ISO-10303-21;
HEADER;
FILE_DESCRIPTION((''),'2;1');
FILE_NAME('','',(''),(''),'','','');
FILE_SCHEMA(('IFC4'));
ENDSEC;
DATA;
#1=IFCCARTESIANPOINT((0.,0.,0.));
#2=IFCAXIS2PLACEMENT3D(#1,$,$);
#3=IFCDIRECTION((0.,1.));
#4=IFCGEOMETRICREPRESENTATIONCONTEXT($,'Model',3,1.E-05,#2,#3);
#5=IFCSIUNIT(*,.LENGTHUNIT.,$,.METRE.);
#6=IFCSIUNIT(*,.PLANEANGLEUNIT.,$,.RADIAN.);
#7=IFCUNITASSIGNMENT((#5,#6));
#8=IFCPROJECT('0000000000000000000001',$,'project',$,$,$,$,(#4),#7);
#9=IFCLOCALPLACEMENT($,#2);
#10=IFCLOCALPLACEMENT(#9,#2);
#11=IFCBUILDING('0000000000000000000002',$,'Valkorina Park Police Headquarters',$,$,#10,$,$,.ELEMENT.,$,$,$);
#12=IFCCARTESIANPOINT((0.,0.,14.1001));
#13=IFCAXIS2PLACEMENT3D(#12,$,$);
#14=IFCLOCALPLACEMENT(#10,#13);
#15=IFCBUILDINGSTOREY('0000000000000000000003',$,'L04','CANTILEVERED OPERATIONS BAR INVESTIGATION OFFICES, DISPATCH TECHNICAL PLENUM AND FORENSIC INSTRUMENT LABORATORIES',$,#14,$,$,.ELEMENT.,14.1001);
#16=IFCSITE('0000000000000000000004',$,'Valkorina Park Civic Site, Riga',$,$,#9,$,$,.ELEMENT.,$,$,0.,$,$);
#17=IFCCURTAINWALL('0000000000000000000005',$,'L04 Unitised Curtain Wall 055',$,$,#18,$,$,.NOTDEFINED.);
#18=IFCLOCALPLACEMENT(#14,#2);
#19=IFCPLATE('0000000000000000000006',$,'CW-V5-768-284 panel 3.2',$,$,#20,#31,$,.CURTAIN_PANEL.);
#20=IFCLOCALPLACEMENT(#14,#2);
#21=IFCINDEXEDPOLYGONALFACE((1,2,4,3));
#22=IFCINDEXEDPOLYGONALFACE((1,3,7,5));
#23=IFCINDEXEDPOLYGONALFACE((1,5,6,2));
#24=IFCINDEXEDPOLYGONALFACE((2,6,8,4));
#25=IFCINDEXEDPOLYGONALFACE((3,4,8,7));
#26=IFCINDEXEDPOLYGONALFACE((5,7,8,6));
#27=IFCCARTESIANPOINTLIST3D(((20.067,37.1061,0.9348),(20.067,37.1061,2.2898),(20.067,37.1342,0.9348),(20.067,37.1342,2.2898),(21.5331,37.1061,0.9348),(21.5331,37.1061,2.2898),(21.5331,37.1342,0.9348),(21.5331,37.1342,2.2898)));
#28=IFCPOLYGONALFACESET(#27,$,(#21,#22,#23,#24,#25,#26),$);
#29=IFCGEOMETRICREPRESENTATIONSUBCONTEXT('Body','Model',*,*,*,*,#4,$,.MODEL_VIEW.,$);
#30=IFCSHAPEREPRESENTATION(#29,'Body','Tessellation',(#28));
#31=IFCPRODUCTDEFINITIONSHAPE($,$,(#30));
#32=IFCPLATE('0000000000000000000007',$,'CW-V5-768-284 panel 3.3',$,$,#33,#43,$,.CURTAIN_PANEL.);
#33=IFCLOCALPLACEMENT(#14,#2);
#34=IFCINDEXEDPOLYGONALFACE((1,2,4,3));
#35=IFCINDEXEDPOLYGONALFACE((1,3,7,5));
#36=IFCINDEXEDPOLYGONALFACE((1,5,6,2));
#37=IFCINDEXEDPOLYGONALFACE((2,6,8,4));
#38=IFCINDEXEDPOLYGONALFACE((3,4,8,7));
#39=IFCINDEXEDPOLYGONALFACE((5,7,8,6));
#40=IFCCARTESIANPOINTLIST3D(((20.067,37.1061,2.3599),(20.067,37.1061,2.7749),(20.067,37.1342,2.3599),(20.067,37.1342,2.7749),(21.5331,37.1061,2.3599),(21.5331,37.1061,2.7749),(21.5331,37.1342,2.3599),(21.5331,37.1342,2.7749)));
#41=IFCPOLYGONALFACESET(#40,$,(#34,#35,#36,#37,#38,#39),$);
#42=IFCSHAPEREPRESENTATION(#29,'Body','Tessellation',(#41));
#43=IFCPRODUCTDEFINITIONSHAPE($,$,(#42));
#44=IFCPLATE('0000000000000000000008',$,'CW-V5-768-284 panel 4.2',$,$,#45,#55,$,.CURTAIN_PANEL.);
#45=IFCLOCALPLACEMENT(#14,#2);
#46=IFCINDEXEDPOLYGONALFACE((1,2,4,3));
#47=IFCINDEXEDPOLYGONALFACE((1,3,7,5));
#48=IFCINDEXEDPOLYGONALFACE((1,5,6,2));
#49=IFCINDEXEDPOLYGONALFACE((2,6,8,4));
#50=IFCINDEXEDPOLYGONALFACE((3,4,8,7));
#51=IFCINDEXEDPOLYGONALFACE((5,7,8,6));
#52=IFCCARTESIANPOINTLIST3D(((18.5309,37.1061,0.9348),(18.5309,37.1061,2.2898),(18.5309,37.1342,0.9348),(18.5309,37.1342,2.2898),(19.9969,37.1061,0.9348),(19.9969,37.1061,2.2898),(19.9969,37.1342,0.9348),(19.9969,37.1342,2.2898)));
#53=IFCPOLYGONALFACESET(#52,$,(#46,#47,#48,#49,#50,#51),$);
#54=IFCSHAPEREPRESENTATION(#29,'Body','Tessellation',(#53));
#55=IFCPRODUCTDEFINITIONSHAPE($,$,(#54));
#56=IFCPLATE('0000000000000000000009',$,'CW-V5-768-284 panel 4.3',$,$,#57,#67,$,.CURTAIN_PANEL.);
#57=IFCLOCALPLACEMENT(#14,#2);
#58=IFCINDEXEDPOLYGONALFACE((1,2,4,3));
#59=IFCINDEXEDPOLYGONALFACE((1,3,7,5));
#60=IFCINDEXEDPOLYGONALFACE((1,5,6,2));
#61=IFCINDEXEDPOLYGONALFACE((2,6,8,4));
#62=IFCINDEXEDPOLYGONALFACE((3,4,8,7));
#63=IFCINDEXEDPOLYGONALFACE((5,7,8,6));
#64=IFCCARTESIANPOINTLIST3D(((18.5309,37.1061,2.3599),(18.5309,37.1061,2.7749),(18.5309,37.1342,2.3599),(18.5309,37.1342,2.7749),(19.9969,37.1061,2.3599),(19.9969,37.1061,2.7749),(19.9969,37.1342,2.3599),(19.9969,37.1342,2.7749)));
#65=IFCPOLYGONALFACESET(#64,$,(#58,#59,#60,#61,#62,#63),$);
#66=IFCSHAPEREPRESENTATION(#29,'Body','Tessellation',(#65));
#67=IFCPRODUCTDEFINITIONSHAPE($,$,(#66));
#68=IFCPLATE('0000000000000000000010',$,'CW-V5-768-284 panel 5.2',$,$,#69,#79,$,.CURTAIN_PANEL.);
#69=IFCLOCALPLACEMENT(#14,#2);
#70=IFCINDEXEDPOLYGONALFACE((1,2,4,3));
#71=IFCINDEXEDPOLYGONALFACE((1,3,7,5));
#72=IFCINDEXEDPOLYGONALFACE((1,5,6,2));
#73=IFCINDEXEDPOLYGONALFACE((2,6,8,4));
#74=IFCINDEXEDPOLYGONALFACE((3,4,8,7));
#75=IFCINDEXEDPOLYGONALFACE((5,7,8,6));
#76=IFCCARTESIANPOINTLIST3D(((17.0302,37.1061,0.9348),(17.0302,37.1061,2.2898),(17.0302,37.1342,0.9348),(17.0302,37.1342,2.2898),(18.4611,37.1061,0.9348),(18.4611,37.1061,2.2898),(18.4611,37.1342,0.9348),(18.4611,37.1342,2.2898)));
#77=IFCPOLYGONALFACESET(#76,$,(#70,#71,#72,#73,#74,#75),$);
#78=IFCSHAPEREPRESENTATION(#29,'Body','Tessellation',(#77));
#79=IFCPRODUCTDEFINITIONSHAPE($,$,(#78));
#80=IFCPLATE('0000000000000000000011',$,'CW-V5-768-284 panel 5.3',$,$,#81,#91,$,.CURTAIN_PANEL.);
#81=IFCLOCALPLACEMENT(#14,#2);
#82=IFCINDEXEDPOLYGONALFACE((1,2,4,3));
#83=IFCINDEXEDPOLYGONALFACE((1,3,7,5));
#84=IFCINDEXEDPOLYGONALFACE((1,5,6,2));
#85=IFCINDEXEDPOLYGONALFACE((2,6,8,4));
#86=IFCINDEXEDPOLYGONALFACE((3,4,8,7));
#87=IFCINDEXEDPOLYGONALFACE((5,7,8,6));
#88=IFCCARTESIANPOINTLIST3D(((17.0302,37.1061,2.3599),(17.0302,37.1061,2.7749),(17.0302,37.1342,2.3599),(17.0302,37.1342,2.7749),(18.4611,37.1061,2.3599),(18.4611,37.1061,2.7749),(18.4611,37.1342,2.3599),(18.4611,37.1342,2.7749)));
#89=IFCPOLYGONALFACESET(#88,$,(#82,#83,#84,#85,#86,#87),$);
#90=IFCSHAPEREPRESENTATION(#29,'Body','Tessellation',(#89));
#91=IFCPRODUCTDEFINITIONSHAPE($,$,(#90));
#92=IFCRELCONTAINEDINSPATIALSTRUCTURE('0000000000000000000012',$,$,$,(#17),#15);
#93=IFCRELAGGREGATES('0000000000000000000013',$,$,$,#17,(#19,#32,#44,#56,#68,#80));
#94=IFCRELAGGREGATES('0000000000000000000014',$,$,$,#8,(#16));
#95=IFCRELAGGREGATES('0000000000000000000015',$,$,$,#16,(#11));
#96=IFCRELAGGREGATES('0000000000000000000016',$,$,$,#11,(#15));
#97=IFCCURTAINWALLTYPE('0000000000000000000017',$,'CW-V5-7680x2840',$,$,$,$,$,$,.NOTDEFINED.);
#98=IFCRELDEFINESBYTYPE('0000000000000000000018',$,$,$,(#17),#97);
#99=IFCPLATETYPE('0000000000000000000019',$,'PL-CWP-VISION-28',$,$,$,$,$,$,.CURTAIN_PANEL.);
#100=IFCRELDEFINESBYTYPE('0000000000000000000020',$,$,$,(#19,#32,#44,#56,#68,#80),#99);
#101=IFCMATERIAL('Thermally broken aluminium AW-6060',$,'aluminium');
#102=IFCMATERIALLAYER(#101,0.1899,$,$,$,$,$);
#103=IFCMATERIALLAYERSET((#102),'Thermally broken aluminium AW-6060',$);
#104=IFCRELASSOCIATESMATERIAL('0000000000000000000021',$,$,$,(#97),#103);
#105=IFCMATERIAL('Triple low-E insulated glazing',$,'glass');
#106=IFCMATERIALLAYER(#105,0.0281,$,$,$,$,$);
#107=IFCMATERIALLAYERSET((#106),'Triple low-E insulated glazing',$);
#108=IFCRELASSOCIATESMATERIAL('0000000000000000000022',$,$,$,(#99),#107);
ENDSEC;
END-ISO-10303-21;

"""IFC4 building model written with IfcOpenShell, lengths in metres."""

from ifc_helpers import new_model, si_unit, direction, frame, origin, origin_2d, place, context, subcontext, project, spatial, rectangle, extrude, material, layer, layer_set, type_object, element, aggregate, save


model = new_model("IFC4")

# Units and contexts
model_context = context("Model", 3, precision=1e-05, world=origin(), true_north=direction((0.0, 1.0)))
body_context = subcontext(model_context, "Body", "Model", "MODEL_VIEW")
ifc_project = project(units=[si_unit("LENGTHUNIT", "METRE"), si_unit("PLANEANGLEUNIT", "RADIAN")], contexts=[model_context])

# Site, building, storey
site_placement = place(None, origin())
site = spatial("IfcSite", under=ifc_project, at=site_placement, Name="Valkorina Park Civic Site, Riga", CompositionType="ELEMENT", RefElevation=0.0)
building_placement = place(site_placement, origin())
building = spatial("IfcBuilding", under=site, at=building_placement, Name="Valkorina Park Police Headquarters", CompositionType="ELEMENT")
storey_placement = place(building_placement, frame((0.0, 0.0, 14.1001)))
storey = spatial("IfcBuildingStorey", under=building, at=storey_placement, Name="L04", Description="CANTILEVERED OPERATIONS BAR INVESTIGATION OFFICES, DISPATCH TECHNICAL PLENUM AND FORENSIC INSTRUMENT LABORATORIES", CompositionType="ELEMENT", Elevation=14.1001)

# Curtain wall, plates
ifc_material_1 = material(Name="Thermally broken aluminium AW-6060", Category="aluminium")
ifc_layer_1 = layer(ifc_material_1, 0.1899)
ifc_layer_set_1 = layer_set([ifc_layer_1], Name="Thermally broken aluminium AW-6060")
curtain_wall_type = type_object("IfcCurtainWallType", Name="CW-V5-7680x2840", PredefinedType="NOTDEFINED", material=ifc_layer_set_1)
curtain_wall_placement = place(storey_placement, origin())
curtain_wall = element("IfcCurtainWall", 1, at=curtain_wall_placement, inside=storey, type_object=curtain_wall_type, Name="L04 Unitised Curtain Wall 055", PredefinedType="NOTDEFINED")
ifc_material_2 = material(Name="Triple low-E insulated glazing", Category="glass")
ifc_layer_2 = layer(ifc_material_2, 0.0281)
ifc_layer_set_2 = layer_set([ifc_layer_2], Name="Triple low-E insulated glazing")
plate_type_1 = type_object("IfcPlateType", Name="PL-CWP-VISION-28", PredefinedType="CURTAIN_PANEL", material=ifc_layer_set_2)
plate_1_placement = place(storey_placement, frame((20.8, 37.1201, 0.9348), z_axis=(0.0, 0.0, 1.0), x_axis=(-1.0, 0.0, 0.0)))
plate_1 = element("IfcPlate", 2, at=plate_1_placement, type_object=plate_type_1, Name="CW-V5-768-284 panel 3.2", PredefinedType="CURTAIN_PANEL", context=body_context, shape_type="SweptSolid", body=[
    extrude(rectangle(XDim=1.4661, YDim=0.0281, at=origin_2d()), origin(), (0.0, 0.0, 1.0), 1.355),
])
plate_2_placement = place(storey_placement, frame((20.8, 37.1201, 2.3599), z_axis=(0.0, 0.0, 1.0), x_axis=(-1.0, 0.0, 0.0)))
plate_2 = element("IfcPlate", 3, at=plate_2_placement, type_object=plate_type_1, Name="CW-V5-768-284 panel 3.3", PredefinedType="CURTAIN_PANEL", context=body_context, shape_type="SweptSolid", body=[
    extrude(rectangle(XDim=1.4661, YDim=0.0281, at=origin_2d()), origin(), (0.0, 0.0, 1.0), 0.415),
])
plate_3_placement = place(storey_placement, frame((19.2639, 37.1201, 0.9348), z_axis=(0.0, 0.0, 1.0), x_axis=(-1.0, 0.0, 0.0)))
plate_3 = element("IfcPlate", 4, at=plate_3_placement, type_object=plate_type_1, Name="CW-V5-768-284 panel 4.2", PredefinedType="CURTAIN_PANEL", context=body_context, shape_type="SweptSolid", body=[
    extrude(rectangle(XDim=1.4661, YDim=0.0281, at=origin_2d()), origin(), (0.0, 0.0, 1.0), 1.355),
])
plate_4_placement = place(storey_placement, frame((19.2639, 37.1201, 2.3599), z_axis=(0.0, 0.0, 1.0), x_axis=(-1.0, 0.0, 0.0)))
plate_4 = element("IfcPlate", 5, at=plate_4_placement, type_object=plate_type_1, Name="CW-V5-768-284 panel 4.3", PredefinedType="CURTAIN_PANEL", context=body_context, shape_type="SweptSolid", body=[
    extrude(rectangle(XDim=1.4661, YDim=0.0281, at=origin_2d()), origin(), (0.0, 0.0, 1.0), 0.415),
])
plate_5_placement = place(storey_placement, frame((17.7456, 37.1201, 0.9348), z_axis=(0.0, 0.0, 1.0), x_axis=(-1.0, 0.0, 0.0)))
plate_5 = element("IfcPlate", 6, at=plate_5_placement, type_object=plate_type_1, Name="CW-V5-768-284 panel 5.2", PredefinedType="CURTAIN_PANEL", context=body_context, shape_type="SweptSolid", body=[
    extrude(rectangle(XDim=1.4309, YDim=0.0281, at=origin_2d()), origin(), (0.0, 0.0, 1.0), 1.355),
])
plate_6_placement = place(storey_placement, frame((17.7456, 37.1201, 2.3599), z_axis=(0.0, 0.0, 1.0), x_axis=(-1.0, 0.0, 0.0)))
plate_6 = element("IfcPlate", 7, at=plate_6_placement, type_object=plate_type_1, Name="CW-V5-768-284 panel 5.3", PredefinedType="CURTAIN_PANEL", context=body_context, shape_type="SweptSolid", body=[
    extrude(rectangle(XDim=1.4309, YDim=0.0281, at=origin_2d()), origin(), (0.0, 0.0, 1.0), 0.415),
])
aggregate(curtain_wall, [plate_1, plate_2, plate_3, plate_4, plate_5, plate_6])

save(model, "model.ifc")
